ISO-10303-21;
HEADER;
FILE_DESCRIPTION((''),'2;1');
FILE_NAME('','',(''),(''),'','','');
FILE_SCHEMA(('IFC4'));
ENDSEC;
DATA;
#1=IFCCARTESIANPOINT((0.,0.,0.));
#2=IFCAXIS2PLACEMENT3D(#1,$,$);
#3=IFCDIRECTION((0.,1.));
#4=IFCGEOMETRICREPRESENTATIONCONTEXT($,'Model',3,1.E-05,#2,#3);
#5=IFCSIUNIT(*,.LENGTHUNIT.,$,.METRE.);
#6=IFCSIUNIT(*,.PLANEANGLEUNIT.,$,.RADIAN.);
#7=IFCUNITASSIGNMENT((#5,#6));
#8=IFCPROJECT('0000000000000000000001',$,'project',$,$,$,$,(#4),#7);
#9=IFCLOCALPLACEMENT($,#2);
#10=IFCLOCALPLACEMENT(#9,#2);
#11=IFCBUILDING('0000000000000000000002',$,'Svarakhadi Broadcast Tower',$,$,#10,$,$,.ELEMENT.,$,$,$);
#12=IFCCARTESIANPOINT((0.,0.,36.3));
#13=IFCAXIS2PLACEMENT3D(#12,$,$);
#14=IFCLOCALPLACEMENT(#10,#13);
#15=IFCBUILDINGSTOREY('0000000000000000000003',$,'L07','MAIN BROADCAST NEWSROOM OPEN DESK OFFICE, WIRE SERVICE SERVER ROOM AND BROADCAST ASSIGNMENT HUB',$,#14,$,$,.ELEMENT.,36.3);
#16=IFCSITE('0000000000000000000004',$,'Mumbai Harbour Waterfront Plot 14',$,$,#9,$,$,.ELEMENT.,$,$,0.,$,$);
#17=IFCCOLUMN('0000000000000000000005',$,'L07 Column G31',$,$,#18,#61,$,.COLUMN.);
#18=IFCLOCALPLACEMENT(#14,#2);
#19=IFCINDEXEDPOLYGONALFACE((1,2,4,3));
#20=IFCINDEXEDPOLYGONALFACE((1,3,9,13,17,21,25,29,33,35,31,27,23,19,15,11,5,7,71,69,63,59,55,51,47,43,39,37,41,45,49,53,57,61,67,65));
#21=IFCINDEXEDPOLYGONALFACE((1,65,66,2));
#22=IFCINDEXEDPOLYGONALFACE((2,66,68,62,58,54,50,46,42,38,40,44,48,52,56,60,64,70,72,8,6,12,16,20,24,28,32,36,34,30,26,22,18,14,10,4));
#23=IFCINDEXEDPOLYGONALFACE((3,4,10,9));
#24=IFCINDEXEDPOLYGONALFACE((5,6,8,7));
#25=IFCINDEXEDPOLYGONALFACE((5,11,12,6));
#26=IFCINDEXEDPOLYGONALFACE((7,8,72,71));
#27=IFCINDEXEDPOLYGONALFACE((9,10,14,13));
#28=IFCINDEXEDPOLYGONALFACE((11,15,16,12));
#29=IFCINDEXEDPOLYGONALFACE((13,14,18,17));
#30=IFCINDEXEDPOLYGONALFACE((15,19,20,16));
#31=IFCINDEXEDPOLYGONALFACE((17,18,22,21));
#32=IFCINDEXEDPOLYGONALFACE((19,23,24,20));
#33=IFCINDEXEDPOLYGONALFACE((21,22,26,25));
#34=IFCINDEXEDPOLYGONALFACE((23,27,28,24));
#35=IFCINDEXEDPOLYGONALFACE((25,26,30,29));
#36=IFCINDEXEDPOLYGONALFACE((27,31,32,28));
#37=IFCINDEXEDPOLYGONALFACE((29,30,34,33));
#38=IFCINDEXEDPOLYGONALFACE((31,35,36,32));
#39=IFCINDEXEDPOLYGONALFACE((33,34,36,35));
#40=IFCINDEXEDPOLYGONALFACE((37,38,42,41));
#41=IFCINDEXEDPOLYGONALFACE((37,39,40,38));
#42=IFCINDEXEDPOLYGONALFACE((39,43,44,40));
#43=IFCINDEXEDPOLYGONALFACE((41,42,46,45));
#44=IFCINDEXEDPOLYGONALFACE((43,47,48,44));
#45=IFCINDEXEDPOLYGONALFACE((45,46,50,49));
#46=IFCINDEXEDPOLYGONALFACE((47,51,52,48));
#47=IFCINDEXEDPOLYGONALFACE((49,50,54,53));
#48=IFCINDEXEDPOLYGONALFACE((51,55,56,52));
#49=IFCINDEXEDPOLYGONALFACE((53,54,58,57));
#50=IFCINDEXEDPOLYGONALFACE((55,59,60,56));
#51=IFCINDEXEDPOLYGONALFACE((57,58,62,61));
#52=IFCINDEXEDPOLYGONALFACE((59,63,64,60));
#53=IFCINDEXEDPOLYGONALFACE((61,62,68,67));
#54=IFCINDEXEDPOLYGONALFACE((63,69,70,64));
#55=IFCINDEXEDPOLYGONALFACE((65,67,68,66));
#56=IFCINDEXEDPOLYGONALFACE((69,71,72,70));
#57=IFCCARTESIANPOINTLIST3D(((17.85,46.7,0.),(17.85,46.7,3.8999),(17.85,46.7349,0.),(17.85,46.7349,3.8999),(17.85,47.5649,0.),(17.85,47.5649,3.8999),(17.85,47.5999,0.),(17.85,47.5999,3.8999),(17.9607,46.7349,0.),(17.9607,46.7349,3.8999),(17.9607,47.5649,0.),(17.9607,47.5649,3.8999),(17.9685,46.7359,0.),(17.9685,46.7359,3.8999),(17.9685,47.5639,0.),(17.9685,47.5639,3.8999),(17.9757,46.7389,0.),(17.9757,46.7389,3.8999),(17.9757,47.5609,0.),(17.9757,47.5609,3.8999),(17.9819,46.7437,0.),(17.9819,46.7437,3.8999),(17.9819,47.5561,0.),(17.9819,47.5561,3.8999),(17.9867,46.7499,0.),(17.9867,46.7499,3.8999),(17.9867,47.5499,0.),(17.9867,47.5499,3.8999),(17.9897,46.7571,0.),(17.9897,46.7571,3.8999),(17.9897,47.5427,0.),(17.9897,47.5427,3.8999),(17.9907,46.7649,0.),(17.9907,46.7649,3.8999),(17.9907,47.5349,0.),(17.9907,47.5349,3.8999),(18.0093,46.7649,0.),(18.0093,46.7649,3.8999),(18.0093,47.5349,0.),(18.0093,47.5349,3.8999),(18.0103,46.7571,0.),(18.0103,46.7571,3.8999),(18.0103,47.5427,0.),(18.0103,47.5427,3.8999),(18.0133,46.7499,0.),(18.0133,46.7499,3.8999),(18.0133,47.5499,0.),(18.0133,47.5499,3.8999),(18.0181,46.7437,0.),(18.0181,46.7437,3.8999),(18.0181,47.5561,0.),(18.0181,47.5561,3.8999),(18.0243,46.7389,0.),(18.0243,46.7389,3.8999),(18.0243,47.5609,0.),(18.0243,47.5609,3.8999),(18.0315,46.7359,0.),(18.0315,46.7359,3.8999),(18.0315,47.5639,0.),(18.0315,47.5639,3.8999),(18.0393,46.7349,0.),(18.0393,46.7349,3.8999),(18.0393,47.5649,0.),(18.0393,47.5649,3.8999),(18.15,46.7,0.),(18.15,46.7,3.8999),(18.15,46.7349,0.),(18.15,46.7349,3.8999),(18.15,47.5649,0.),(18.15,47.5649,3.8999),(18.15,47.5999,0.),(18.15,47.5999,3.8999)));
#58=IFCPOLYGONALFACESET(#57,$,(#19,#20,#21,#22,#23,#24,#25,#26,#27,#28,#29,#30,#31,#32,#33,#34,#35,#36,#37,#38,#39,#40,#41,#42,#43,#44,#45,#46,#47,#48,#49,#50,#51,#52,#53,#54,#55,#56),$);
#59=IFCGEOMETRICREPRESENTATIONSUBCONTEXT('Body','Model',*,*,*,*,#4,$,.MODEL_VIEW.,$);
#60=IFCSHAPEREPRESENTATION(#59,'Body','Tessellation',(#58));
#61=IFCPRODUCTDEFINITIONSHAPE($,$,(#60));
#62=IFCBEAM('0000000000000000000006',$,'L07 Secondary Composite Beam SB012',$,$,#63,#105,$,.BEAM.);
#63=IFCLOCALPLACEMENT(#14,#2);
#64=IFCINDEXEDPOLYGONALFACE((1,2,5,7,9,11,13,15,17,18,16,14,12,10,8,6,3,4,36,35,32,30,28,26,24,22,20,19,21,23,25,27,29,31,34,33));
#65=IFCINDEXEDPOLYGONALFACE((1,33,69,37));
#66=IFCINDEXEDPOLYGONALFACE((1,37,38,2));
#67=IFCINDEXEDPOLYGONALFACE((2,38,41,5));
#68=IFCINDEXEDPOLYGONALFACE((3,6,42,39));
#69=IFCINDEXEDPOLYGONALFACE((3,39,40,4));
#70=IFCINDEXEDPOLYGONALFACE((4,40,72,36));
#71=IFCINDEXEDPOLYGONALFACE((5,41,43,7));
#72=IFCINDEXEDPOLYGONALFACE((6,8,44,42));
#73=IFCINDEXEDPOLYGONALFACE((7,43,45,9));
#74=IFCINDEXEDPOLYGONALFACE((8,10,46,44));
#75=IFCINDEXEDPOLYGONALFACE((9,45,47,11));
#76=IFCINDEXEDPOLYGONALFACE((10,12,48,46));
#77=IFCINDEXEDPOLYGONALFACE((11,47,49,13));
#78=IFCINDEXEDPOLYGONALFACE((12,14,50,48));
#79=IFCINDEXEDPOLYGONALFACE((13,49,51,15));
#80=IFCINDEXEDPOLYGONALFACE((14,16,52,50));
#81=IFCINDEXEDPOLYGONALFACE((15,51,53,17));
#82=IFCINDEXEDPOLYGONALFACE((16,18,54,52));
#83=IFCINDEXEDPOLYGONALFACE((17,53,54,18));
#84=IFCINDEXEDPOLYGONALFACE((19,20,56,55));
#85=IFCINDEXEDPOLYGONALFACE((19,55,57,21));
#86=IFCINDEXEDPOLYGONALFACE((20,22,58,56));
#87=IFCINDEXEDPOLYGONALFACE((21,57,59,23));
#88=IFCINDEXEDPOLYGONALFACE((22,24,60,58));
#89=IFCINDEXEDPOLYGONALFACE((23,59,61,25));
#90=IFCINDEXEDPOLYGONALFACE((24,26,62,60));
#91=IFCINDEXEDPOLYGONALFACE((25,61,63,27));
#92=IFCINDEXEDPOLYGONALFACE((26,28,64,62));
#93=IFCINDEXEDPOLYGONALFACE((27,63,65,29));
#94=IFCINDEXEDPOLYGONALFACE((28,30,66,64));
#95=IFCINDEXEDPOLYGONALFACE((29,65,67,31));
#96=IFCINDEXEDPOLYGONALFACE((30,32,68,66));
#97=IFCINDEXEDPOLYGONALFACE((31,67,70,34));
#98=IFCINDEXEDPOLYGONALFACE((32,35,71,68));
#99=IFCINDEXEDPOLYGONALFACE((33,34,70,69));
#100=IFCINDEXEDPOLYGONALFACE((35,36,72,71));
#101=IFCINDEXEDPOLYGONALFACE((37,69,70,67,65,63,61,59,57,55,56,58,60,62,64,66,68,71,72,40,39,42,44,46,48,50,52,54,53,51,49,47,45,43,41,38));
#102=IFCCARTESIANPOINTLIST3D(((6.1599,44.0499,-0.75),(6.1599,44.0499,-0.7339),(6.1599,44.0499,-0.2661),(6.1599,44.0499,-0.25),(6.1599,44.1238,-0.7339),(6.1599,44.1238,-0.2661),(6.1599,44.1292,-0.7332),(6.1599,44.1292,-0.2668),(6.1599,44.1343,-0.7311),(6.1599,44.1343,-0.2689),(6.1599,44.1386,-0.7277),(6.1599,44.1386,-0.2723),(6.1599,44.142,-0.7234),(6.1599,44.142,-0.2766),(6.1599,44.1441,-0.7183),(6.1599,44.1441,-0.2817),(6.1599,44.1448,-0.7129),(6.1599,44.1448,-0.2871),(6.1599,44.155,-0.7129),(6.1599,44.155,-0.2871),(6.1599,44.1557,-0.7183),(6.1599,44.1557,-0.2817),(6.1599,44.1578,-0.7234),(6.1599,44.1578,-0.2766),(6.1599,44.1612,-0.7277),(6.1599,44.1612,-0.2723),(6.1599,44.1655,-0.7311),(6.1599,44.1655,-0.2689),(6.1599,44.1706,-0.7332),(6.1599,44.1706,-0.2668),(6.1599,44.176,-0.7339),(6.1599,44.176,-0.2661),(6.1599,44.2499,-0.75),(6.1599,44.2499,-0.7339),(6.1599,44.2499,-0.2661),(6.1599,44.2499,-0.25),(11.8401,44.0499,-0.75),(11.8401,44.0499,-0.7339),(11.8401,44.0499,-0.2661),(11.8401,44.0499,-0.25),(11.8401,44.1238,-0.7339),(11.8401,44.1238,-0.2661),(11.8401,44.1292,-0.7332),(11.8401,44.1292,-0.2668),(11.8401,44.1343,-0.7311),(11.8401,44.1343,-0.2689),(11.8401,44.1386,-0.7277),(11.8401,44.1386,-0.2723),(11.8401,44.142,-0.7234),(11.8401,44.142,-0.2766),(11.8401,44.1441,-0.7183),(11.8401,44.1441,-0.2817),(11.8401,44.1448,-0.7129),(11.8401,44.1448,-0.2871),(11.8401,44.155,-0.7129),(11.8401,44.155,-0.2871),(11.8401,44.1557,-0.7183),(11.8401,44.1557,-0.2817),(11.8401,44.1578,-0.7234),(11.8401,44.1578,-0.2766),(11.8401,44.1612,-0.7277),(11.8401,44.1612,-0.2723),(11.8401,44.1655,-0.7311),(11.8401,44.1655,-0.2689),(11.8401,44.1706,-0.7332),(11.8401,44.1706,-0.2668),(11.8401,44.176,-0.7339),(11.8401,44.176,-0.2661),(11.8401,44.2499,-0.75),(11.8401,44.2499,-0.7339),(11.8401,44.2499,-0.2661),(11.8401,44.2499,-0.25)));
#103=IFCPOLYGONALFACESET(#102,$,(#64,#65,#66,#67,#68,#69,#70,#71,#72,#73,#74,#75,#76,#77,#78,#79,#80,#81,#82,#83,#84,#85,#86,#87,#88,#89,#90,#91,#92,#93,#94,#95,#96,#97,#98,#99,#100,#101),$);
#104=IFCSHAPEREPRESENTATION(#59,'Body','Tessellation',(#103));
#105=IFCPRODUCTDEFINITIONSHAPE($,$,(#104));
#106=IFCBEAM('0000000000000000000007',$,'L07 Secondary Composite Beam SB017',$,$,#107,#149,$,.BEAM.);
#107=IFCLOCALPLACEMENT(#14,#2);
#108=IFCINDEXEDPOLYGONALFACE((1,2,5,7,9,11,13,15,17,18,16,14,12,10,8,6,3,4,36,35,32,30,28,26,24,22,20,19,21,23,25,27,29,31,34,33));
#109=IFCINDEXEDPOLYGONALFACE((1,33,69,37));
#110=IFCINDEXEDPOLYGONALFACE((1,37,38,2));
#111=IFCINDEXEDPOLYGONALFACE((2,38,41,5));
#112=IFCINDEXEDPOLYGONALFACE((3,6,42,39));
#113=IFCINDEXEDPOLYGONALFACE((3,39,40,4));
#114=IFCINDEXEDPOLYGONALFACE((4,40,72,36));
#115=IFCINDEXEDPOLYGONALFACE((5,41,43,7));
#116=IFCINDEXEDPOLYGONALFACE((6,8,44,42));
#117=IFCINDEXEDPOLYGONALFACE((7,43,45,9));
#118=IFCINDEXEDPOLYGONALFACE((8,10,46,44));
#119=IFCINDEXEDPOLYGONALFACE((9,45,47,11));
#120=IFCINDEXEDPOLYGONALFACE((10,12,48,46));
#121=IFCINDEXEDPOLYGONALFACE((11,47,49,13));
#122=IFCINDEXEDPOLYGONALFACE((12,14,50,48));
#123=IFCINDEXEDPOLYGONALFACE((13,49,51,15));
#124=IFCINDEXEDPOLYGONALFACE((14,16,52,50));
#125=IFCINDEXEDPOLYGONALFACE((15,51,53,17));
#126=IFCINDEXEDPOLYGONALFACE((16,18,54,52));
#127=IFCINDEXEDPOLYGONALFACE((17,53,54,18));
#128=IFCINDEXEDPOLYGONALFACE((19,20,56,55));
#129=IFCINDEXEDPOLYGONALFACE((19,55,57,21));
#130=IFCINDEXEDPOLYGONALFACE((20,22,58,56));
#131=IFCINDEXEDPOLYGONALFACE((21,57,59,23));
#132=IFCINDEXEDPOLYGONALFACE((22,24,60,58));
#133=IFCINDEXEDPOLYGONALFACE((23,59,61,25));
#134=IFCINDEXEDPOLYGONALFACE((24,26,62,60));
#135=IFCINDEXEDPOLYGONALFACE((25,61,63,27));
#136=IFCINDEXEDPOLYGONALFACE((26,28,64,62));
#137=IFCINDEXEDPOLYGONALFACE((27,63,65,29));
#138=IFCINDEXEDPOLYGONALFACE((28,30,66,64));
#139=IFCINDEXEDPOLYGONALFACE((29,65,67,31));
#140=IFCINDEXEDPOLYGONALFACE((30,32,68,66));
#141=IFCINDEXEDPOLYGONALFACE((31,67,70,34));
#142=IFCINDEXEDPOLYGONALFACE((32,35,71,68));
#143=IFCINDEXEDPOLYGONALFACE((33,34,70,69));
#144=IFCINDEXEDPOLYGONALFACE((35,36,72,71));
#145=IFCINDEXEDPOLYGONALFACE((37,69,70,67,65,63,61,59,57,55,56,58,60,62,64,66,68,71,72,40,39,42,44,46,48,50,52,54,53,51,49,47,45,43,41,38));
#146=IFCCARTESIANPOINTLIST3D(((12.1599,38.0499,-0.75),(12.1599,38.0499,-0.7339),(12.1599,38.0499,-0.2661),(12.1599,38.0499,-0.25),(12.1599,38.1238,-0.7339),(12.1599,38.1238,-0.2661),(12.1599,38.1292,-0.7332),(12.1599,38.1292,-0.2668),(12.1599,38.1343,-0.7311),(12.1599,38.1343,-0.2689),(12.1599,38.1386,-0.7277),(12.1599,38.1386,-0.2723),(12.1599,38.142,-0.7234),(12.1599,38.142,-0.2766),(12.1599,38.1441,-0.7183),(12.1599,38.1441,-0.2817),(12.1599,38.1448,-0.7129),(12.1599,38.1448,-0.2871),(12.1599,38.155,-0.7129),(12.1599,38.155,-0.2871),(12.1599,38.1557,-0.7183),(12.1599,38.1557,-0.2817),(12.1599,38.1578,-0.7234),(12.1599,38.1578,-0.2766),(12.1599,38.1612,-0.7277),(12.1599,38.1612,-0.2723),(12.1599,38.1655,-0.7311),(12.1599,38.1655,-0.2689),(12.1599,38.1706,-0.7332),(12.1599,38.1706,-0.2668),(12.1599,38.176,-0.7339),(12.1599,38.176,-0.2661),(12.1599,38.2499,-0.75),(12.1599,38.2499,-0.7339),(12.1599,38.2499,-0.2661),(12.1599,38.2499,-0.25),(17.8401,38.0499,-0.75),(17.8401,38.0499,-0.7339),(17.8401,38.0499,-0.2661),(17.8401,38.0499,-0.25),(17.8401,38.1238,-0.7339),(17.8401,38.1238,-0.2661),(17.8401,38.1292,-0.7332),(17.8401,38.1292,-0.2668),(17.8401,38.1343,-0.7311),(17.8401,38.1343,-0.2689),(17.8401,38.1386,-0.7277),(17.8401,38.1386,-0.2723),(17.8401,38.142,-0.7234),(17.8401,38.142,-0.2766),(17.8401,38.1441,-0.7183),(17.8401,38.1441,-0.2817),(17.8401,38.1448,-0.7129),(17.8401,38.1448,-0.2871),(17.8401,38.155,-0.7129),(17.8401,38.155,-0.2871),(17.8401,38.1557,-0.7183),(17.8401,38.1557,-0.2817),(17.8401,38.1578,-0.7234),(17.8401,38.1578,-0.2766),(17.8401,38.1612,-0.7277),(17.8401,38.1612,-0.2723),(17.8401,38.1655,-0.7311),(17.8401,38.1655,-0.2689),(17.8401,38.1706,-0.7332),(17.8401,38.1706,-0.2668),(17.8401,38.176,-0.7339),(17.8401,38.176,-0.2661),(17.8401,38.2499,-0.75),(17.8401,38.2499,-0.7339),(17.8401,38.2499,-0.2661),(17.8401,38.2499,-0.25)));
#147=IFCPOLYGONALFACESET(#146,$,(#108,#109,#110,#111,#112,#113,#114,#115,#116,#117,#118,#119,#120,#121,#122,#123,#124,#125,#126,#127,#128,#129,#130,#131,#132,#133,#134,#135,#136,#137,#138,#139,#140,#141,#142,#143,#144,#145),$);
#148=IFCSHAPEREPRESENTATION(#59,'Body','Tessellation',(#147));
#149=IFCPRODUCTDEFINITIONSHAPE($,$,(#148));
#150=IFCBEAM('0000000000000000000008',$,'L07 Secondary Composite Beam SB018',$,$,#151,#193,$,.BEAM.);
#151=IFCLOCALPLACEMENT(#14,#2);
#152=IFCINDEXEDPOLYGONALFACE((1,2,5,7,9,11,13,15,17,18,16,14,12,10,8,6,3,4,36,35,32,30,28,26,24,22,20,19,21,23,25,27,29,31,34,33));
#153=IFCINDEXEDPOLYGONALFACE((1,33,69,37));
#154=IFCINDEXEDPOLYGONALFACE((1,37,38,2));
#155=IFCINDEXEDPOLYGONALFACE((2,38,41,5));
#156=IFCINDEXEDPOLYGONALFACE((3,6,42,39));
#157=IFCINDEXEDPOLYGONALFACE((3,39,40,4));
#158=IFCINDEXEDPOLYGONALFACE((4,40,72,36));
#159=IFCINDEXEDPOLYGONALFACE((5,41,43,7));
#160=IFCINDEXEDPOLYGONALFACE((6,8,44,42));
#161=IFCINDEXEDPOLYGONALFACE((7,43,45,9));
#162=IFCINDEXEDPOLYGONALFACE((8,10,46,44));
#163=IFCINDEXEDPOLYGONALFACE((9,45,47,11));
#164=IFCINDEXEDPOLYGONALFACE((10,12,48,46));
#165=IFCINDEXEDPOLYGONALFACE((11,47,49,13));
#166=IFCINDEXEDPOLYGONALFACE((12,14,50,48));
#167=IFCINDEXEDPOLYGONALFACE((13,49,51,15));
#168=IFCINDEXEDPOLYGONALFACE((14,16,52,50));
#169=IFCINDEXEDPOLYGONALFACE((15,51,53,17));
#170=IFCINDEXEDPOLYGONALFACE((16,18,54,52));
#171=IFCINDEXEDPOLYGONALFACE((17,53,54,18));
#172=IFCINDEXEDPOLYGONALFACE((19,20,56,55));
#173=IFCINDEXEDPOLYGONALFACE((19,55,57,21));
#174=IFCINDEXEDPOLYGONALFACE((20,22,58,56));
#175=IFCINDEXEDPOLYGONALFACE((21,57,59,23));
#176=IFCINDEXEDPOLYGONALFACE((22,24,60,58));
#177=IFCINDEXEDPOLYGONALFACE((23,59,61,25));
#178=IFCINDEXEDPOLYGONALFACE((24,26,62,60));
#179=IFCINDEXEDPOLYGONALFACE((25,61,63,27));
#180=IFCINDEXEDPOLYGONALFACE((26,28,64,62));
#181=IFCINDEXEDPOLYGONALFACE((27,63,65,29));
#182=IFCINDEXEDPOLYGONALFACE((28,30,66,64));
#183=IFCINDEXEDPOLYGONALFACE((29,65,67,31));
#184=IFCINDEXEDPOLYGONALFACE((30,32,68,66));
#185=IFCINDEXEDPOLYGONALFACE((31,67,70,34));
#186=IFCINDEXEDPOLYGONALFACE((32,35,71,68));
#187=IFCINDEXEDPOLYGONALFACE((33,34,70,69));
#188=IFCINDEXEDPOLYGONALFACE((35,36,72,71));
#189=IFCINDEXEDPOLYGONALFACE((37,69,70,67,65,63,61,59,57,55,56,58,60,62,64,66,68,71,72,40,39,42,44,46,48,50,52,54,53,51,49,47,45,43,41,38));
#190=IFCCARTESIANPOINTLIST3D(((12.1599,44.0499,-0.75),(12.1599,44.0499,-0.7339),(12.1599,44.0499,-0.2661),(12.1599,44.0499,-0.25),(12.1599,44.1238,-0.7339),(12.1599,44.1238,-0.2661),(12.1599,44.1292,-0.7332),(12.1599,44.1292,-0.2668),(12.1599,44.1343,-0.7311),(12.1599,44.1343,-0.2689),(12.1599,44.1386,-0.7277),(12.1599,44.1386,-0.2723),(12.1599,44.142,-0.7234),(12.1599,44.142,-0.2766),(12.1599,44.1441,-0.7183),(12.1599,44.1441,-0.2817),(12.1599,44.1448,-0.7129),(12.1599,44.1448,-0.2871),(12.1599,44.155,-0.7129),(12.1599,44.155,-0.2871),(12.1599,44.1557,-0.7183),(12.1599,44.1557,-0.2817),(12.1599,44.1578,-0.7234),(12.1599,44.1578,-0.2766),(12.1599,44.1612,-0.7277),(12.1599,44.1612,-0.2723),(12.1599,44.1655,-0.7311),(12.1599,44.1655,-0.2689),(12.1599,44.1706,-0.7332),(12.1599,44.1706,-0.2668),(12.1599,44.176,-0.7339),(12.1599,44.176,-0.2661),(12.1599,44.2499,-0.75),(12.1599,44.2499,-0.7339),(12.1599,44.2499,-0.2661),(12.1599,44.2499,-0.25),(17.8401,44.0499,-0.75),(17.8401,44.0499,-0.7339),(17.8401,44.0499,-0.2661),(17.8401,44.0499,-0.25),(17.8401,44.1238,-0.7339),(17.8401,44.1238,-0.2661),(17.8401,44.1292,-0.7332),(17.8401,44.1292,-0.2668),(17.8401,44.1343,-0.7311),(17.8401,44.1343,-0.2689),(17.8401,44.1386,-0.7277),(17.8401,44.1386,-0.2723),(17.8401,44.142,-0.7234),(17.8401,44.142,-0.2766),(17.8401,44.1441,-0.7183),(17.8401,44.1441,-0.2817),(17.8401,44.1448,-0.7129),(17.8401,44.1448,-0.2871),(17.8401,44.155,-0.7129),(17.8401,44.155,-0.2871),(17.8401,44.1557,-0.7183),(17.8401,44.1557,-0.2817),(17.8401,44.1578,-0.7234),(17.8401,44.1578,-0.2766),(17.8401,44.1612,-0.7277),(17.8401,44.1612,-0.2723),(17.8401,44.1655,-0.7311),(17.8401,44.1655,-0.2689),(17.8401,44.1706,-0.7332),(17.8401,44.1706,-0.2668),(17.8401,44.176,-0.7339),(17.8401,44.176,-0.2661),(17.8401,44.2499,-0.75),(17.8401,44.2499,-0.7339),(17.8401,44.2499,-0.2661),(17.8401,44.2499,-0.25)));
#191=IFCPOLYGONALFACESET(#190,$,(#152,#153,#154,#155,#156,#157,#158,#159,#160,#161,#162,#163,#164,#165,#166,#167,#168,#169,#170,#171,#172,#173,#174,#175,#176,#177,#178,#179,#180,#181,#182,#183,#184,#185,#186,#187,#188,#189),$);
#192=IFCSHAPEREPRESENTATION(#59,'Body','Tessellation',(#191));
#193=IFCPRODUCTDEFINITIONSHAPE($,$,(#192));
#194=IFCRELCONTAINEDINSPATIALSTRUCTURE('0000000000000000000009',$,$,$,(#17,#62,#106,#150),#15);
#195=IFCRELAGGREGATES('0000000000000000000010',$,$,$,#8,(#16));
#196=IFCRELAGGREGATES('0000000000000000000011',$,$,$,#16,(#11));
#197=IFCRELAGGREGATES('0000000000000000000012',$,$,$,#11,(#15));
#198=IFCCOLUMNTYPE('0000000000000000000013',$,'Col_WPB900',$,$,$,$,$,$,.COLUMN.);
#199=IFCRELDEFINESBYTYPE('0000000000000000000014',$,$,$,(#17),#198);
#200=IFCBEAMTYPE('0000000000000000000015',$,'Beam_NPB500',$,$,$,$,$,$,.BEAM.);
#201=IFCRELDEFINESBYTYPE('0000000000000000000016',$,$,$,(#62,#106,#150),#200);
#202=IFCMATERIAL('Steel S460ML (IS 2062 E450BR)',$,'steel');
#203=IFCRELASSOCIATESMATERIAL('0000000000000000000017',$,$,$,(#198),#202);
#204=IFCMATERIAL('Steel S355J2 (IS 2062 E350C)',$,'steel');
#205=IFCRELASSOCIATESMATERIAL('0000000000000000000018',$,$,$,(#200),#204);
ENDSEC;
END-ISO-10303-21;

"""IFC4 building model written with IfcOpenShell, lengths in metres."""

from ifc_helpers import new_model, si_unit, direction, frame, origin, origin_2d, place, context, subcontext, project, spatial, i_section, extrude, material, material_profile, profile_set, type_object, element, save


model = new_model("IFC4")

# Units and contexts
model_context = context("Model", 3, precision=1e-05, world=origin(), true_north=direction((0.0, 1.0)))
body_context = subcontext(model_context, "Body", "Model", "MODEL_VIEW")
ifc_project = project(units=[si_unit("LENGTHUNIT", "METRE"), si_unit("PLANEANGLEUNIT", "RADIAN")], contexts=[model_context])

# Site, building, storey
site_placement = place(None, origin())
site = spatial("IfcSite", under=ifc_project, at=site_placement, Name="Mumbai Harbour Waterfront Plot 14", CompositionType="ELEMENT", RefElevation=0.0)
building_placement = place(site_placement, origin())
building = spatial("IfcBuilding", under=site, at=building_placement, Name="Svarakhadi Broadcast Tower", CompositionType="ELEMENT")
storey_placement = place(building_placement, frame((0.0, 0.0, 36.3)))
storey = spatial("IfcBuildingStorey", under=building, at=storey_placement, Name="L07", Description="MAIN BROADCAST NEWSROOM OPEN DESK OFFICE, WIRE SERVICE SERVER ROOM AND BROADCAST ASSIGNMENT HUB", CompositionType="ELEMENT", Elevation=36.3)

# Column
ifc_material_1 = material(Name="Steel S460ML (IS 2062 E450BR)", Category="steel")
ifc_material_profile_1 = material_profile(ifc_material_1, i_section(OverallWidth=0.3, OverallDepth=0.8999, WebThickness=0.0186, FlangeThickness=0.0349, FilletRadius=0.03, at=origin_2d()), Name="WPB 900x300x291")
ifc_profile_set_1 = profile_set([ifc_material_profile_1], Name="Steel S460ML (IS 2062 E450BR)")
column_type_1 = type_object("IfcColumnType", Name="Col_WPB900", PredefinedType="COLUMN", material=ifc_profile_set_1)
column_placement = place(storey_placement, frame((18.0, 47.1499, 0.0), z_axis=(0.0, 0.0, 1.0), x_axis=(1.0, 0.0, 0.0)))
element("IfcColumn", 1, at=column_placement, inside=storey, type_object=column_type_1, Name="L07 Column G31", PredefinedType="COLUMN", context=body_context, shape_type="SweptSolid", body=[
    extrude(i_section(OverallWidth=0.3, OverallDepth=0.8999, WebThickness=0.0186, FlangeThickness=0.0349, FilletRadius=0.03, at=origin_2d()), origin(), (0.0, 0.0, 1.0), 3.8999),
])

# Beams
ifc_material_2 = material(Name="Steel S355J2 (IS 2062 E350C)", Category="steel")
ifc_material_profile_2 = material_profile(ifc_material_2, i_section(OverallWidth=0.2, OverallDepth=0.5, WebThickness=0.0103, FlangeThickness=0.0161, FilletRadius=0.021, at=origin_2d()), Name="NPB 500x200x91")
ifc_profile_set_2 = profile_set([ifc_material_profile_2], Name="Steel S355J2 (IS 2062 E350C)")
beam_type_1 = type_object("IfcBeamType", Name="Beam_NPB500", PredefinedType="BEAM", material=ifc_profile_set_2)
for number, where, z_axis, x_axis, name in (
    (2, (6.1599, 44.1499, -0.5), (1.0, 0.0, 0.0), (0.0, 1.0, 0.0), "L07 Secondary Composite Beam SB012"),
    (3, (12.1599, 38.1499, -0.5), (1.0, 0.0, 0.0), (0.0, 1.0, 0.0), "L07 Secondary Composite Beam SB017"),
    (4, (12.1599, 44.1499, -0.5), (1.0, 0.0, 0.0), (0.0, 1.0, 0.0), "L07 Secondary Composite Beam SB018"),
):
    element("IfcBeam", number, at=place(storey_placement, frame(where, z_axis=z_axis, x_axis=x_axis)), inside=storey, type_object=beam_type_1, Name=name, PredefinedType="BEAM", context=body_context, shape_type="SweptSolid", body=[
        extrude(i_section(OverallWidth=0.2, OverallDepth=0.5, WebThickness=0.0103, FlangeThickness=0.0161, FilletRadius=0.021, at=origin_2d()), origin(), (0.0, 0.0, 1.0), 5.6802),
    ])

save(model, "model.ifc")
